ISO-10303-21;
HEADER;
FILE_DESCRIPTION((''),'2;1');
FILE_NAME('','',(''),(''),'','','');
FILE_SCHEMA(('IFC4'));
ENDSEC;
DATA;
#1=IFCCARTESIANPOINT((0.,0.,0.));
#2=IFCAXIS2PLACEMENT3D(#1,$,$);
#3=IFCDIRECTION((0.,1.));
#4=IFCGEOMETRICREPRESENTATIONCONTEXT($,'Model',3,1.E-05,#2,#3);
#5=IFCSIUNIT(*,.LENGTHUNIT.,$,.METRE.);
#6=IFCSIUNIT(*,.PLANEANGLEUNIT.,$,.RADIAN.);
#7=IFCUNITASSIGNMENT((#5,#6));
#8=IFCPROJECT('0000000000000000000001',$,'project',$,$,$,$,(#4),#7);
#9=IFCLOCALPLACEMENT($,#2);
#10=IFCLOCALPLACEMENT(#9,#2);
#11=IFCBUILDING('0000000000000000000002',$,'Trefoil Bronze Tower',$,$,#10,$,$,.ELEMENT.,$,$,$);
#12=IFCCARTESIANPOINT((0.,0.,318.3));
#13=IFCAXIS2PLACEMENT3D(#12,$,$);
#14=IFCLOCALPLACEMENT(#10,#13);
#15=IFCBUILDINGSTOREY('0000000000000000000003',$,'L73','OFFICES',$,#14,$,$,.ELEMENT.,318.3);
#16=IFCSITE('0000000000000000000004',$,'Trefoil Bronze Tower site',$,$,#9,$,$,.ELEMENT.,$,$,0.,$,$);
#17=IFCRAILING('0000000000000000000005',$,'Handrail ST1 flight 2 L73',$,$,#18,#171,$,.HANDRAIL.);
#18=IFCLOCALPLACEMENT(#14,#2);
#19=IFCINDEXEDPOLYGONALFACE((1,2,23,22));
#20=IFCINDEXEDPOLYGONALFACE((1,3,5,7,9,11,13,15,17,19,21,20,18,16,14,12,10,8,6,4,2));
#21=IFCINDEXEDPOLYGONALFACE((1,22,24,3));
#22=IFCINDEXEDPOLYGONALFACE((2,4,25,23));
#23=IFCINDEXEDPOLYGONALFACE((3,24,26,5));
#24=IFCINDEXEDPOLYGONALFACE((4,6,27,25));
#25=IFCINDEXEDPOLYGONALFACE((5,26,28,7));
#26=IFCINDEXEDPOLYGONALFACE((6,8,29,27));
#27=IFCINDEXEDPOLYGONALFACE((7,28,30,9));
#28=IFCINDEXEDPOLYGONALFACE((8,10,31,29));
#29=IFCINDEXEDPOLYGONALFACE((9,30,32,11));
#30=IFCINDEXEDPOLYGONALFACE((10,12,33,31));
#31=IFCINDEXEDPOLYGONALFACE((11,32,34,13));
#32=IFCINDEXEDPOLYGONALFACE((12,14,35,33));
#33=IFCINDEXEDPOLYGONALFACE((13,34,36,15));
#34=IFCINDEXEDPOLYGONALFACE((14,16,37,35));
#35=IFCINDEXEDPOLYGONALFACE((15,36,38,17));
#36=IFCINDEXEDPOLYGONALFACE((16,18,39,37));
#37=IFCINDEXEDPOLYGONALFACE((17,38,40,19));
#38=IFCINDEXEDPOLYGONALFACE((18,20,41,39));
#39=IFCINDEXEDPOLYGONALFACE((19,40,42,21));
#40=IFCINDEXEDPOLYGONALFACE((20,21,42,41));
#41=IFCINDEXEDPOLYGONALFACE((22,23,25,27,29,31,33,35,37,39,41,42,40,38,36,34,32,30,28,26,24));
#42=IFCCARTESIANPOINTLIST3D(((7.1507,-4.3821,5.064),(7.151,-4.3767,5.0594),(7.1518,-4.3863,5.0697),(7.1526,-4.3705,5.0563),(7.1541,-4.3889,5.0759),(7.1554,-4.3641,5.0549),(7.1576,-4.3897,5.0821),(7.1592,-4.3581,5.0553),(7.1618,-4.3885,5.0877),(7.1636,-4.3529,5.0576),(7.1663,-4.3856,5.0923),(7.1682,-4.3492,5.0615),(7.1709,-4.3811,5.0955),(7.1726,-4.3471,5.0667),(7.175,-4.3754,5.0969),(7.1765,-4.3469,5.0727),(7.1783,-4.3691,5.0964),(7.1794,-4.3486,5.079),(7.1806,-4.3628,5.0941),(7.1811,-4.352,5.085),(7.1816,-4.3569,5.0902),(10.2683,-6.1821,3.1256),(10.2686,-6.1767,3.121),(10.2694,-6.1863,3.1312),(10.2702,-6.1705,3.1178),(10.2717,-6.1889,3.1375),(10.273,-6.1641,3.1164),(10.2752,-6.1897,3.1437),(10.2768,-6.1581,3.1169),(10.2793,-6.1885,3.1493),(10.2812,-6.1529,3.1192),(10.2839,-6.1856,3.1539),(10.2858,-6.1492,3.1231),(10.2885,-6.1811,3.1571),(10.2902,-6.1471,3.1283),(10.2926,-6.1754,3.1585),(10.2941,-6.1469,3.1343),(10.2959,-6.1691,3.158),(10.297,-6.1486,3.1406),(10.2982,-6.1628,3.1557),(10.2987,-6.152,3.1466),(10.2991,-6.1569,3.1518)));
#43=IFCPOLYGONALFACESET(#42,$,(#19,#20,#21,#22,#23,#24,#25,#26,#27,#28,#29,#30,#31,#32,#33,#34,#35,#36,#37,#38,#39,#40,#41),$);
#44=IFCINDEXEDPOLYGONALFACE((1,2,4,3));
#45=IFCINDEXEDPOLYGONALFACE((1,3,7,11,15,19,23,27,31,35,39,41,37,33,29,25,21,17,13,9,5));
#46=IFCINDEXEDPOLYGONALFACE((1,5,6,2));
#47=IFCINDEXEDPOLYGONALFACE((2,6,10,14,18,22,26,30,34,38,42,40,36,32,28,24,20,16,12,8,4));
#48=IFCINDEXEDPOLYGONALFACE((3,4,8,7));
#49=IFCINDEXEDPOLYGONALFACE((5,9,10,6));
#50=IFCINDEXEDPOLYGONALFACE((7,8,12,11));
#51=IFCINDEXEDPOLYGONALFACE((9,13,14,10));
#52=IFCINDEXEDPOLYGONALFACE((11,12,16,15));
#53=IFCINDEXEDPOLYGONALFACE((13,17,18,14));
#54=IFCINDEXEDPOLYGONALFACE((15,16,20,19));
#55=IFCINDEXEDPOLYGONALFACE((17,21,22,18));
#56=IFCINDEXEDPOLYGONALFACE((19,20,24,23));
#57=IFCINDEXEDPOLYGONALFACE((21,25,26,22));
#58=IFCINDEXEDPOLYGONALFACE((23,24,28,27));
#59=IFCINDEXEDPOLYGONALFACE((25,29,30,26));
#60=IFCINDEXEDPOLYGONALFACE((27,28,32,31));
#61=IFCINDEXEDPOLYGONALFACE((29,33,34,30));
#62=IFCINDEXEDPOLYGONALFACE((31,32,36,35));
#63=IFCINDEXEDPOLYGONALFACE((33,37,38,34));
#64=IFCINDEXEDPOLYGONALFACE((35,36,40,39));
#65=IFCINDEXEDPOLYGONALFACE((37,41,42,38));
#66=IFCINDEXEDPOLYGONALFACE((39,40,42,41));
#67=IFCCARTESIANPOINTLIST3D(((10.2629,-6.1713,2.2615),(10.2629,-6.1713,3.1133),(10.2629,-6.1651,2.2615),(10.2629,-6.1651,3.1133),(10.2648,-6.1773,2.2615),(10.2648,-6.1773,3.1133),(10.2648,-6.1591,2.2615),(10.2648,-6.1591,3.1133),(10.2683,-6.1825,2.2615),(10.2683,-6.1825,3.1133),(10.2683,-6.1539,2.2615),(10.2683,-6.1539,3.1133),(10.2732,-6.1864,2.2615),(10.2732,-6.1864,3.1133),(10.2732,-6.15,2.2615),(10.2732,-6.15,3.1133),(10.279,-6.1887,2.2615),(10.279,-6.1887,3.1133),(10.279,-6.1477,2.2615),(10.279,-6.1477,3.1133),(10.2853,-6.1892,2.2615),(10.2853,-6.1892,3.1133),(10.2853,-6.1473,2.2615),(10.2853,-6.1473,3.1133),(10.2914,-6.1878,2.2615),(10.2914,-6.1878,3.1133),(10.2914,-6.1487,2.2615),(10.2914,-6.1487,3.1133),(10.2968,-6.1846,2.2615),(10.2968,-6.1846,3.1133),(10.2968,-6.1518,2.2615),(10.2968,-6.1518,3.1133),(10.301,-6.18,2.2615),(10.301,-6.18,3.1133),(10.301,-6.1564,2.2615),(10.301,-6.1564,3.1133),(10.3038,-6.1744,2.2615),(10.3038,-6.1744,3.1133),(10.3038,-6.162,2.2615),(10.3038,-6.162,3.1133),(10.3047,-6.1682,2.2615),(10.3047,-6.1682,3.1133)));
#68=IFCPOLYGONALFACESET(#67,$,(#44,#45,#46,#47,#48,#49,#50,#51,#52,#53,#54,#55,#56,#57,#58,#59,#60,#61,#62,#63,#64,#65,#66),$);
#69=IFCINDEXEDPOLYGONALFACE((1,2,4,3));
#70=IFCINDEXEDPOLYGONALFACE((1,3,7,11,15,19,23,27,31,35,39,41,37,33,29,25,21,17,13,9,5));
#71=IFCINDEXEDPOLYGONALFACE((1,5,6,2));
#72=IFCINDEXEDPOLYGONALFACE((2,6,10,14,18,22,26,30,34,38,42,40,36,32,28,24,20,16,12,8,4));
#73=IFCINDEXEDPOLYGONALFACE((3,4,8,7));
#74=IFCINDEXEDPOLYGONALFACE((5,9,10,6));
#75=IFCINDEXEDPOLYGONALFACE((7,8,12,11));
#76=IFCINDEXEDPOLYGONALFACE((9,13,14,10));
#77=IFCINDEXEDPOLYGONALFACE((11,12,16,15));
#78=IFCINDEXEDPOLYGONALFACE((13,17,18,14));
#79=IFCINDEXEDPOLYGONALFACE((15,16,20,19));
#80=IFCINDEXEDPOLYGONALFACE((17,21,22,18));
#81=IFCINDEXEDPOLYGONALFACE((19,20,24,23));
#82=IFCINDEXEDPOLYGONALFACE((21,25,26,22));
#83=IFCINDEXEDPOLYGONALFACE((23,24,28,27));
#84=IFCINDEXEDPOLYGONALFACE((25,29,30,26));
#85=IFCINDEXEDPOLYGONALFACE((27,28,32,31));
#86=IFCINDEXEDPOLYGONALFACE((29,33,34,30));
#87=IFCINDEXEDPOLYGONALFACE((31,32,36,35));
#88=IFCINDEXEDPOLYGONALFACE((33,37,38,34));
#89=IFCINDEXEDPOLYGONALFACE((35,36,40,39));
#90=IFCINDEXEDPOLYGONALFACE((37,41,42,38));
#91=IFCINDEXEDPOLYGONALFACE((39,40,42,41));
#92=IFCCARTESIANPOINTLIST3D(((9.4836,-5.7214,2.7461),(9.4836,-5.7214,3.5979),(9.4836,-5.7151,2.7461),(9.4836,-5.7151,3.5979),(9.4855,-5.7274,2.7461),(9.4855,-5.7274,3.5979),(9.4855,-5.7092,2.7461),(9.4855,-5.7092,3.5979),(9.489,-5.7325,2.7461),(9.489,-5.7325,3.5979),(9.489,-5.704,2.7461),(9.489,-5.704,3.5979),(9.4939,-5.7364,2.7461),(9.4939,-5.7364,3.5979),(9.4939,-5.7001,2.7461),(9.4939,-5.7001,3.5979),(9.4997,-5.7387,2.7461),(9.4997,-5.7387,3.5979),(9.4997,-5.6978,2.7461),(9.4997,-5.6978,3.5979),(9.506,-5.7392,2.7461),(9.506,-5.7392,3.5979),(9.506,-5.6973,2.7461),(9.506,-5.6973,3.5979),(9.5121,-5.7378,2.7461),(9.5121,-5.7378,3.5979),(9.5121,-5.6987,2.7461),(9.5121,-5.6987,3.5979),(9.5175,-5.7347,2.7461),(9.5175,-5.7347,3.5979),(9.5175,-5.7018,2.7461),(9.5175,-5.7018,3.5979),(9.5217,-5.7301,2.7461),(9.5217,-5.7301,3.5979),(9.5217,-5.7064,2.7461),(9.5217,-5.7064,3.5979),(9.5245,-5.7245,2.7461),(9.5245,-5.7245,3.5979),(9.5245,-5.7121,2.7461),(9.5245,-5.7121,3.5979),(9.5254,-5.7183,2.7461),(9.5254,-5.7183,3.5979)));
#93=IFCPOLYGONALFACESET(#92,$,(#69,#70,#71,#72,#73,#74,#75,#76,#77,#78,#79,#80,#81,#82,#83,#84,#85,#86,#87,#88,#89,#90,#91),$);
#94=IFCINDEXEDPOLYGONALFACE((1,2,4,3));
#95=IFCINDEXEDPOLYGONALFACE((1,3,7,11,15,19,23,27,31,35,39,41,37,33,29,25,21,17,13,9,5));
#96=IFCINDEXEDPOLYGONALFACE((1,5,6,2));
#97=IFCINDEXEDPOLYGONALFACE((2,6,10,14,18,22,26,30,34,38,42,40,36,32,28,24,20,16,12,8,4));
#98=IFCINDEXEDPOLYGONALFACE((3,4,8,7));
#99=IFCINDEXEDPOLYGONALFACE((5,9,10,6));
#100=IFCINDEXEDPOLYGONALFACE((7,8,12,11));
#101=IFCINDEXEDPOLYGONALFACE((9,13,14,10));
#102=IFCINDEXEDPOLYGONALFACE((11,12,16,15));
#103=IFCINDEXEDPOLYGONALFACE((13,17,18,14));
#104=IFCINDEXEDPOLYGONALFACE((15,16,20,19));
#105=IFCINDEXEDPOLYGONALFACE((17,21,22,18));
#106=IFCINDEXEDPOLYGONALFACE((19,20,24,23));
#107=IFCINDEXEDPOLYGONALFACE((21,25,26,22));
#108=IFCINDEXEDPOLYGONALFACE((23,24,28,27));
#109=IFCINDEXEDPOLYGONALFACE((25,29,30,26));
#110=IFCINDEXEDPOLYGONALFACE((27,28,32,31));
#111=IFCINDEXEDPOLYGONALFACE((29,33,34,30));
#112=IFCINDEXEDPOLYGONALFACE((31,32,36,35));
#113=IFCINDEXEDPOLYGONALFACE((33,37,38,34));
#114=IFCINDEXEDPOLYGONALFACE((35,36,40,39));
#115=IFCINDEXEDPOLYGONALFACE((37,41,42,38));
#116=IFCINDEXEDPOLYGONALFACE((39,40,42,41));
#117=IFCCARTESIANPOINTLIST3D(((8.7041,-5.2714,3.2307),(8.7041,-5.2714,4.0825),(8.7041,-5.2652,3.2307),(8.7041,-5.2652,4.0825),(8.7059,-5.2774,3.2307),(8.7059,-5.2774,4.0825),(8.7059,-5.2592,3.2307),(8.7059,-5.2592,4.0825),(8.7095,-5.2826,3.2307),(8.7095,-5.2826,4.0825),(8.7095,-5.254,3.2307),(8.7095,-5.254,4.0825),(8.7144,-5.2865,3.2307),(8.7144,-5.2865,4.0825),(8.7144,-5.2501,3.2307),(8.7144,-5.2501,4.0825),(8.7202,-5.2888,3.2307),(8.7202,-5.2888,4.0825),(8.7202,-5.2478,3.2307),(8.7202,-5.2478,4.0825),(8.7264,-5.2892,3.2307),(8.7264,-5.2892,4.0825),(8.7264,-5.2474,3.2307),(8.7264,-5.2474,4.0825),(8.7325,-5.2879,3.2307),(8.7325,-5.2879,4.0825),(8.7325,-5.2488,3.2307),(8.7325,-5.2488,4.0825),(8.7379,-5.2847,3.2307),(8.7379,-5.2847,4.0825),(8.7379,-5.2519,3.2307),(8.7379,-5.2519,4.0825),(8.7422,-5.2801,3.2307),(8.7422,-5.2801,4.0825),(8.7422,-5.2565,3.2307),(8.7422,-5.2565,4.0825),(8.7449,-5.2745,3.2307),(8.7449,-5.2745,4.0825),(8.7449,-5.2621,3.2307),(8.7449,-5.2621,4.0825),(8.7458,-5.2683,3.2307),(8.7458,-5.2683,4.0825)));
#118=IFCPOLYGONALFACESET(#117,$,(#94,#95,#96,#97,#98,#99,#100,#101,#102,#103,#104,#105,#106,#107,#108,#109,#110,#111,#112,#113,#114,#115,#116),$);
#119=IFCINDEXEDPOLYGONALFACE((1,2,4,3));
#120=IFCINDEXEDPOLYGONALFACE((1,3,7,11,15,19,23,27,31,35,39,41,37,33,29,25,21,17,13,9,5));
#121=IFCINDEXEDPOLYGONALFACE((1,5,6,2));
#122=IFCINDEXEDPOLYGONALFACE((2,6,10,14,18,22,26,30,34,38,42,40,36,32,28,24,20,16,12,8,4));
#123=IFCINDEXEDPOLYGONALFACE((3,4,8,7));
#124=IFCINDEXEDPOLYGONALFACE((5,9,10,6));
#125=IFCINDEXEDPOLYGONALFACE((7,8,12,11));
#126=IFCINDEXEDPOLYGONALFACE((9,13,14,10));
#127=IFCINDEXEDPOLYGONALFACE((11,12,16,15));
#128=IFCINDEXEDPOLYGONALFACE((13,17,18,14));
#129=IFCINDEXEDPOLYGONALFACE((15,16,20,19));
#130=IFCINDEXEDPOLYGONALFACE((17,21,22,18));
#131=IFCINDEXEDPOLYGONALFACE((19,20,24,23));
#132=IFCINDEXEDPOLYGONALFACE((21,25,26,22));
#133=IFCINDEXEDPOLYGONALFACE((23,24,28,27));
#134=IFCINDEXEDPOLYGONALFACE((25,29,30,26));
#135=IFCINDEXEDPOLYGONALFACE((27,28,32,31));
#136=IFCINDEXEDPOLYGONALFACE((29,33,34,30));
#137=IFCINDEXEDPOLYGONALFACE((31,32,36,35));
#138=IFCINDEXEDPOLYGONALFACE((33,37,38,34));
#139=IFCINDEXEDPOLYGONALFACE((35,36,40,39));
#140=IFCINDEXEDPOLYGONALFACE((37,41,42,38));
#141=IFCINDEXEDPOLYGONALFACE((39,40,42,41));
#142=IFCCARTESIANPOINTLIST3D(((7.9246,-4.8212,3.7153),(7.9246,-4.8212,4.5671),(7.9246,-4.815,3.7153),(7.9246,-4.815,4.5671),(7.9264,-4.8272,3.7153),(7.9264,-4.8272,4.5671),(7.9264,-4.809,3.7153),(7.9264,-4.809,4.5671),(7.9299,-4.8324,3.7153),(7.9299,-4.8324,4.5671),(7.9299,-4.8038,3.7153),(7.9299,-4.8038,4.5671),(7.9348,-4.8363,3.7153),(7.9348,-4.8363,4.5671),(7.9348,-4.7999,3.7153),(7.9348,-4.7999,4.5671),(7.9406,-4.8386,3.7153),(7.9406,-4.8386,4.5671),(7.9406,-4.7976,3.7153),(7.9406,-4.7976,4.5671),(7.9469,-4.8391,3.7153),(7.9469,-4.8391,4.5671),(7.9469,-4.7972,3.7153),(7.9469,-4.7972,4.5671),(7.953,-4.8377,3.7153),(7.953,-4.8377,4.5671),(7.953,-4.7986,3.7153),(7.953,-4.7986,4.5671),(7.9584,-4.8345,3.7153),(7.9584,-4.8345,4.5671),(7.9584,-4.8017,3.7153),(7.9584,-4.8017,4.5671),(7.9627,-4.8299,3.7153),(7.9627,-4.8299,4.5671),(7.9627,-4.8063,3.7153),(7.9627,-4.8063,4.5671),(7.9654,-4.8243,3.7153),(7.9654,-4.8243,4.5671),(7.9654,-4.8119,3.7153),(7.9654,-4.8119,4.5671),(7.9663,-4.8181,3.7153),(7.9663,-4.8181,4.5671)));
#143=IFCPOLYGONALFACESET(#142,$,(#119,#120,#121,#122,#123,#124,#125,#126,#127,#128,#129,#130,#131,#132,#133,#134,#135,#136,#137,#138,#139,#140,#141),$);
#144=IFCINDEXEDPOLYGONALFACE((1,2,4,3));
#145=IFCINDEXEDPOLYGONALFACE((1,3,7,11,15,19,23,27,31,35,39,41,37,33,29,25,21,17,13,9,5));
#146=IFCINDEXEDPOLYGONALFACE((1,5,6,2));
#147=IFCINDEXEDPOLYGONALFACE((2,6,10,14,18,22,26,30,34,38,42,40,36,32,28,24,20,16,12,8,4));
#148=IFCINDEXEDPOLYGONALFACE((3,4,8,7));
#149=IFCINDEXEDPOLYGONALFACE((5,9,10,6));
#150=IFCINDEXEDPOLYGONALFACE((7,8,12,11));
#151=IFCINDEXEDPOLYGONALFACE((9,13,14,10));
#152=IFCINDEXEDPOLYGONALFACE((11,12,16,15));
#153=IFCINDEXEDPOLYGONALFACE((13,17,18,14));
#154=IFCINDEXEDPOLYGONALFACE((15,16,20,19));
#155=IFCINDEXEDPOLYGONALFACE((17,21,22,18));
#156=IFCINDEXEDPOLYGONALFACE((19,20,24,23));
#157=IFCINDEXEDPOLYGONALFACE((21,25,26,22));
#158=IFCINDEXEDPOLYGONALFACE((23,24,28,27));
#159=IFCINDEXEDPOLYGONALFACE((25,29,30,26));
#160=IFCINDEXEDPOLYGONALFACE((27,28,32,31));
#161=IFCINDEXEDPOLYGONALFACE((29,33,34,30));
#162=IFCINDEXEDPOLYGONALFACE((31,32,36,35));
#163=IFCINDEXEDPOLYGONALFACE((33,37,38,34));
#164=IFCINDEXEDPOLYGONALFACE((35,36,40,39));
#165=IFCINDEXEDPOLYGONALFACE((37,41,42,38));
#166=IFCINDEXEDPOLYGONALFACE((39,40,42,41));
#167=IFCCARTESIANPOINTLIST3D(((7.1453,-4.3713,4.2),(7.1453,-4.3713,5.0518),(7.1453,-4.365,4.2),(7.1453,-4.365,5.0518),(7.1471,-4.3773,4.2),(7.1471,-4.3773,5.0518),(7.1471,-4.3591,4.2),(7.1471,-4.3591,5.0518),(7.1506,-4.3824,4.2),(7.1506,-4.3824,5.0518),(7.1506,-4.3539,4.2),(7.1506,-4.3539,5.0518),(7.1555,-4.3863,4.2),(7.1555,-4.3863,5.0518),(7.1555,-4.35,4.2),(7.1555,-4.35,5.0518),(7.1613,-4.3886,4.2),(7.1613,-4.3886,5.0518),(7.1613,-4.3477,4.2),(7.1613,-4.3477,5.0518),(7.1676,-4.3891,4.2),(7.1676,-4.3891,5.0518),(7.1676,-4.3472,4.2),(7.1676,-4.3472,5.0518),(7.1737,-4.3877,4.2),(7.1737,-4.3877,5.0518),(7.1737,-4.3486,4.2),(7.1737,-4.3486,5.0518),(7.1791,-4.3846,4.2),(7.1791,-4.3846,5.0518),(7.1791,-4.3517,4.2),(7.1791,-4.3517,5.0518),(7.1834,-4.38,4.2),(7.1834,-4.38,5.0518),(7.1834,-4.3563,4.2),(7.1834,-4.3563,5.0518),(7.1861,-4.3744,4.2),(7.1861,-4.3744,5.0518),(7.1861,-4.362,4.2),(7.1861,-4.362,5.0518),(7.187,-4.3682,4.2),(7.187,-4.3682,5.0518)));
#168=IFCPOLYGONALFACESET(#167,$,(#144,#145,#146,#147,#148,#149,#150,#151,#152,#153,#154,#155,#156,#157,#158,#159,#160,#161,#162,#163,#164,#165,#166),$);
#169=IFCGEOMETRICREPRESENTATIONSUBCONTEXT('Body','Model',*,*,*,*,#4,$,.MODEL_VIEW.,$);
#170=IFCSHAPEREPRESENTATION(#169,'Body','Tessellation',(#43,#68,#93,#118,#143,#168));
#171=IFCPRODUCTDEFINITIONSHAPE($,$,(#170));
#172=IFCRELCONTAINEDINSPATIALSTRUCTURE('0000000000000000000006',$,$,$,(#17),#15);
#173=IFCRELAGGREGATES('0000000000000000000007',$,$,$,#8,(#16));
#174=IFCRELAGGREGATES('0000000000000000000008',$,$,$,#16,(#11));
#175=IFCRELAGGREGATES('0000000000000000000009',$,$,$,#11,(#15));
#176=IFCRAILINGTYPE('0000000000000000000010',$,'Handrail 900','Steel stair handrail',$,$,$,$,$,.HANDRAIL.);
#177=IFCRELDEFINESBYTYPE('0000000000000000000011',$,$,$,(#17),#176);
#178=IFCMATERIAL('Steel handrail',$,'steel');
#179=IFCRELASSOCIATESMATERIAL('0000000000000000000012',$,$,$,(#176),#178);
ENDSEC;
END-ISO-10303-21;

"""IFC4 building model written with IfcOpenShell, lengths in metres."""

from ifc_helpers import new_model, si_unit, direction, frame, origin, origin_2d, place, context, subcontext, project, spatial, circle, extrude, material, type_object, element, save


model = new_model("IFC4")

# Units and contexts
model_context = context("Model", 3, precision=1e-05, world=origin(), true_north=direction((0.0, 1.0)))
body_context = subcontext(model_context, "Body", "Model", "MODEL_VIEW")
ifc_project = project(units=[si_unit("LENGTHUNIT", "METRE"), si_unit("PLANEANGLEUNIT", "RADIAN")], contexts=[model_context])

# Site, building, storey
site_placement = place(None, origin())
site = spatial("IfcSite", under=ifc_project, at=site_placement, Name="Trefoil Bronze Tower site", CompositionType="ELEMENT", RefElevation=0.0)
building_placement = place(site_placement, origin())
building = spatial("IfcBuilding", under=site, at=building_placement, Name="Trefoil Bronze Tower", CompositionType="ELEMENT")
storey_placement = place(building_placement, frame((0.0, 0.0, 318.3)))
storey = spatial("IfcBuildingStorey", under=building, at=storey_placement, Name="L73", Description="OFFICES", CompositionType="ELEMENT", Elevation=318.3)

# Railing
ifc_material_1 = material(Name="Steel handrail", Category="steel")
railing_type = type_object("IfcRailingType", Name="Handrail 900", Description="Steel stair handrail", PredefinedType="HANDRAIL", material=ifc_material_1)
railing_1_placement = place(storey_placement, frame((10.2837, -6.1682, 2.2615)))
element("IfcRailing", 1, at=railing_1_placement, inside=storey, type_object=railing_type, Name="Handrail ST1 flight 2 L73", PredefinedType="HANDRAIL", context=body_context, shape_type="SweptSolid", body=[
    extrude(circle(Radius=0.0239, at=origin_2d()), frame((0.0, 0.0, 0.876), z_axis=(-0.762503, 0.440246, 0.474102), x_axis=(-0.500012, -0.866018, 0.0)), (0.0, 0.0, 1.0), 4.0886),
    extrude(circle(Radius=0.021, at=origin_2d()), origin(), (0.0, 0.0, 1.0), 0.8518),
    extrude(circle(Radius=0.021, at=origin_2d()), frame((-0.7793, 0.45, 0.4846)), (0.0, 0.0, 1.0), 0.8518),
    extrude(circle(Radius=0.021, at=origin_2d()), frame((-1.5588, 0.8999, 0.9692)), (0.0, 0.0, 1.0), 0.8518),
    extrude(circle(Radius=0.021, at=origin_2d()), frame((-2.3384, 1.3501, 1.4539)), (0.0, 0.0, 1.0), 0.8518),
    extrude(circle(Radius=0.021, at=origin_2d()), frame((-3.1177, 1.8, 1.9385)), (0.0, 0.0, 1.0), 0.8518),
])

save(model, "model.ifc")
